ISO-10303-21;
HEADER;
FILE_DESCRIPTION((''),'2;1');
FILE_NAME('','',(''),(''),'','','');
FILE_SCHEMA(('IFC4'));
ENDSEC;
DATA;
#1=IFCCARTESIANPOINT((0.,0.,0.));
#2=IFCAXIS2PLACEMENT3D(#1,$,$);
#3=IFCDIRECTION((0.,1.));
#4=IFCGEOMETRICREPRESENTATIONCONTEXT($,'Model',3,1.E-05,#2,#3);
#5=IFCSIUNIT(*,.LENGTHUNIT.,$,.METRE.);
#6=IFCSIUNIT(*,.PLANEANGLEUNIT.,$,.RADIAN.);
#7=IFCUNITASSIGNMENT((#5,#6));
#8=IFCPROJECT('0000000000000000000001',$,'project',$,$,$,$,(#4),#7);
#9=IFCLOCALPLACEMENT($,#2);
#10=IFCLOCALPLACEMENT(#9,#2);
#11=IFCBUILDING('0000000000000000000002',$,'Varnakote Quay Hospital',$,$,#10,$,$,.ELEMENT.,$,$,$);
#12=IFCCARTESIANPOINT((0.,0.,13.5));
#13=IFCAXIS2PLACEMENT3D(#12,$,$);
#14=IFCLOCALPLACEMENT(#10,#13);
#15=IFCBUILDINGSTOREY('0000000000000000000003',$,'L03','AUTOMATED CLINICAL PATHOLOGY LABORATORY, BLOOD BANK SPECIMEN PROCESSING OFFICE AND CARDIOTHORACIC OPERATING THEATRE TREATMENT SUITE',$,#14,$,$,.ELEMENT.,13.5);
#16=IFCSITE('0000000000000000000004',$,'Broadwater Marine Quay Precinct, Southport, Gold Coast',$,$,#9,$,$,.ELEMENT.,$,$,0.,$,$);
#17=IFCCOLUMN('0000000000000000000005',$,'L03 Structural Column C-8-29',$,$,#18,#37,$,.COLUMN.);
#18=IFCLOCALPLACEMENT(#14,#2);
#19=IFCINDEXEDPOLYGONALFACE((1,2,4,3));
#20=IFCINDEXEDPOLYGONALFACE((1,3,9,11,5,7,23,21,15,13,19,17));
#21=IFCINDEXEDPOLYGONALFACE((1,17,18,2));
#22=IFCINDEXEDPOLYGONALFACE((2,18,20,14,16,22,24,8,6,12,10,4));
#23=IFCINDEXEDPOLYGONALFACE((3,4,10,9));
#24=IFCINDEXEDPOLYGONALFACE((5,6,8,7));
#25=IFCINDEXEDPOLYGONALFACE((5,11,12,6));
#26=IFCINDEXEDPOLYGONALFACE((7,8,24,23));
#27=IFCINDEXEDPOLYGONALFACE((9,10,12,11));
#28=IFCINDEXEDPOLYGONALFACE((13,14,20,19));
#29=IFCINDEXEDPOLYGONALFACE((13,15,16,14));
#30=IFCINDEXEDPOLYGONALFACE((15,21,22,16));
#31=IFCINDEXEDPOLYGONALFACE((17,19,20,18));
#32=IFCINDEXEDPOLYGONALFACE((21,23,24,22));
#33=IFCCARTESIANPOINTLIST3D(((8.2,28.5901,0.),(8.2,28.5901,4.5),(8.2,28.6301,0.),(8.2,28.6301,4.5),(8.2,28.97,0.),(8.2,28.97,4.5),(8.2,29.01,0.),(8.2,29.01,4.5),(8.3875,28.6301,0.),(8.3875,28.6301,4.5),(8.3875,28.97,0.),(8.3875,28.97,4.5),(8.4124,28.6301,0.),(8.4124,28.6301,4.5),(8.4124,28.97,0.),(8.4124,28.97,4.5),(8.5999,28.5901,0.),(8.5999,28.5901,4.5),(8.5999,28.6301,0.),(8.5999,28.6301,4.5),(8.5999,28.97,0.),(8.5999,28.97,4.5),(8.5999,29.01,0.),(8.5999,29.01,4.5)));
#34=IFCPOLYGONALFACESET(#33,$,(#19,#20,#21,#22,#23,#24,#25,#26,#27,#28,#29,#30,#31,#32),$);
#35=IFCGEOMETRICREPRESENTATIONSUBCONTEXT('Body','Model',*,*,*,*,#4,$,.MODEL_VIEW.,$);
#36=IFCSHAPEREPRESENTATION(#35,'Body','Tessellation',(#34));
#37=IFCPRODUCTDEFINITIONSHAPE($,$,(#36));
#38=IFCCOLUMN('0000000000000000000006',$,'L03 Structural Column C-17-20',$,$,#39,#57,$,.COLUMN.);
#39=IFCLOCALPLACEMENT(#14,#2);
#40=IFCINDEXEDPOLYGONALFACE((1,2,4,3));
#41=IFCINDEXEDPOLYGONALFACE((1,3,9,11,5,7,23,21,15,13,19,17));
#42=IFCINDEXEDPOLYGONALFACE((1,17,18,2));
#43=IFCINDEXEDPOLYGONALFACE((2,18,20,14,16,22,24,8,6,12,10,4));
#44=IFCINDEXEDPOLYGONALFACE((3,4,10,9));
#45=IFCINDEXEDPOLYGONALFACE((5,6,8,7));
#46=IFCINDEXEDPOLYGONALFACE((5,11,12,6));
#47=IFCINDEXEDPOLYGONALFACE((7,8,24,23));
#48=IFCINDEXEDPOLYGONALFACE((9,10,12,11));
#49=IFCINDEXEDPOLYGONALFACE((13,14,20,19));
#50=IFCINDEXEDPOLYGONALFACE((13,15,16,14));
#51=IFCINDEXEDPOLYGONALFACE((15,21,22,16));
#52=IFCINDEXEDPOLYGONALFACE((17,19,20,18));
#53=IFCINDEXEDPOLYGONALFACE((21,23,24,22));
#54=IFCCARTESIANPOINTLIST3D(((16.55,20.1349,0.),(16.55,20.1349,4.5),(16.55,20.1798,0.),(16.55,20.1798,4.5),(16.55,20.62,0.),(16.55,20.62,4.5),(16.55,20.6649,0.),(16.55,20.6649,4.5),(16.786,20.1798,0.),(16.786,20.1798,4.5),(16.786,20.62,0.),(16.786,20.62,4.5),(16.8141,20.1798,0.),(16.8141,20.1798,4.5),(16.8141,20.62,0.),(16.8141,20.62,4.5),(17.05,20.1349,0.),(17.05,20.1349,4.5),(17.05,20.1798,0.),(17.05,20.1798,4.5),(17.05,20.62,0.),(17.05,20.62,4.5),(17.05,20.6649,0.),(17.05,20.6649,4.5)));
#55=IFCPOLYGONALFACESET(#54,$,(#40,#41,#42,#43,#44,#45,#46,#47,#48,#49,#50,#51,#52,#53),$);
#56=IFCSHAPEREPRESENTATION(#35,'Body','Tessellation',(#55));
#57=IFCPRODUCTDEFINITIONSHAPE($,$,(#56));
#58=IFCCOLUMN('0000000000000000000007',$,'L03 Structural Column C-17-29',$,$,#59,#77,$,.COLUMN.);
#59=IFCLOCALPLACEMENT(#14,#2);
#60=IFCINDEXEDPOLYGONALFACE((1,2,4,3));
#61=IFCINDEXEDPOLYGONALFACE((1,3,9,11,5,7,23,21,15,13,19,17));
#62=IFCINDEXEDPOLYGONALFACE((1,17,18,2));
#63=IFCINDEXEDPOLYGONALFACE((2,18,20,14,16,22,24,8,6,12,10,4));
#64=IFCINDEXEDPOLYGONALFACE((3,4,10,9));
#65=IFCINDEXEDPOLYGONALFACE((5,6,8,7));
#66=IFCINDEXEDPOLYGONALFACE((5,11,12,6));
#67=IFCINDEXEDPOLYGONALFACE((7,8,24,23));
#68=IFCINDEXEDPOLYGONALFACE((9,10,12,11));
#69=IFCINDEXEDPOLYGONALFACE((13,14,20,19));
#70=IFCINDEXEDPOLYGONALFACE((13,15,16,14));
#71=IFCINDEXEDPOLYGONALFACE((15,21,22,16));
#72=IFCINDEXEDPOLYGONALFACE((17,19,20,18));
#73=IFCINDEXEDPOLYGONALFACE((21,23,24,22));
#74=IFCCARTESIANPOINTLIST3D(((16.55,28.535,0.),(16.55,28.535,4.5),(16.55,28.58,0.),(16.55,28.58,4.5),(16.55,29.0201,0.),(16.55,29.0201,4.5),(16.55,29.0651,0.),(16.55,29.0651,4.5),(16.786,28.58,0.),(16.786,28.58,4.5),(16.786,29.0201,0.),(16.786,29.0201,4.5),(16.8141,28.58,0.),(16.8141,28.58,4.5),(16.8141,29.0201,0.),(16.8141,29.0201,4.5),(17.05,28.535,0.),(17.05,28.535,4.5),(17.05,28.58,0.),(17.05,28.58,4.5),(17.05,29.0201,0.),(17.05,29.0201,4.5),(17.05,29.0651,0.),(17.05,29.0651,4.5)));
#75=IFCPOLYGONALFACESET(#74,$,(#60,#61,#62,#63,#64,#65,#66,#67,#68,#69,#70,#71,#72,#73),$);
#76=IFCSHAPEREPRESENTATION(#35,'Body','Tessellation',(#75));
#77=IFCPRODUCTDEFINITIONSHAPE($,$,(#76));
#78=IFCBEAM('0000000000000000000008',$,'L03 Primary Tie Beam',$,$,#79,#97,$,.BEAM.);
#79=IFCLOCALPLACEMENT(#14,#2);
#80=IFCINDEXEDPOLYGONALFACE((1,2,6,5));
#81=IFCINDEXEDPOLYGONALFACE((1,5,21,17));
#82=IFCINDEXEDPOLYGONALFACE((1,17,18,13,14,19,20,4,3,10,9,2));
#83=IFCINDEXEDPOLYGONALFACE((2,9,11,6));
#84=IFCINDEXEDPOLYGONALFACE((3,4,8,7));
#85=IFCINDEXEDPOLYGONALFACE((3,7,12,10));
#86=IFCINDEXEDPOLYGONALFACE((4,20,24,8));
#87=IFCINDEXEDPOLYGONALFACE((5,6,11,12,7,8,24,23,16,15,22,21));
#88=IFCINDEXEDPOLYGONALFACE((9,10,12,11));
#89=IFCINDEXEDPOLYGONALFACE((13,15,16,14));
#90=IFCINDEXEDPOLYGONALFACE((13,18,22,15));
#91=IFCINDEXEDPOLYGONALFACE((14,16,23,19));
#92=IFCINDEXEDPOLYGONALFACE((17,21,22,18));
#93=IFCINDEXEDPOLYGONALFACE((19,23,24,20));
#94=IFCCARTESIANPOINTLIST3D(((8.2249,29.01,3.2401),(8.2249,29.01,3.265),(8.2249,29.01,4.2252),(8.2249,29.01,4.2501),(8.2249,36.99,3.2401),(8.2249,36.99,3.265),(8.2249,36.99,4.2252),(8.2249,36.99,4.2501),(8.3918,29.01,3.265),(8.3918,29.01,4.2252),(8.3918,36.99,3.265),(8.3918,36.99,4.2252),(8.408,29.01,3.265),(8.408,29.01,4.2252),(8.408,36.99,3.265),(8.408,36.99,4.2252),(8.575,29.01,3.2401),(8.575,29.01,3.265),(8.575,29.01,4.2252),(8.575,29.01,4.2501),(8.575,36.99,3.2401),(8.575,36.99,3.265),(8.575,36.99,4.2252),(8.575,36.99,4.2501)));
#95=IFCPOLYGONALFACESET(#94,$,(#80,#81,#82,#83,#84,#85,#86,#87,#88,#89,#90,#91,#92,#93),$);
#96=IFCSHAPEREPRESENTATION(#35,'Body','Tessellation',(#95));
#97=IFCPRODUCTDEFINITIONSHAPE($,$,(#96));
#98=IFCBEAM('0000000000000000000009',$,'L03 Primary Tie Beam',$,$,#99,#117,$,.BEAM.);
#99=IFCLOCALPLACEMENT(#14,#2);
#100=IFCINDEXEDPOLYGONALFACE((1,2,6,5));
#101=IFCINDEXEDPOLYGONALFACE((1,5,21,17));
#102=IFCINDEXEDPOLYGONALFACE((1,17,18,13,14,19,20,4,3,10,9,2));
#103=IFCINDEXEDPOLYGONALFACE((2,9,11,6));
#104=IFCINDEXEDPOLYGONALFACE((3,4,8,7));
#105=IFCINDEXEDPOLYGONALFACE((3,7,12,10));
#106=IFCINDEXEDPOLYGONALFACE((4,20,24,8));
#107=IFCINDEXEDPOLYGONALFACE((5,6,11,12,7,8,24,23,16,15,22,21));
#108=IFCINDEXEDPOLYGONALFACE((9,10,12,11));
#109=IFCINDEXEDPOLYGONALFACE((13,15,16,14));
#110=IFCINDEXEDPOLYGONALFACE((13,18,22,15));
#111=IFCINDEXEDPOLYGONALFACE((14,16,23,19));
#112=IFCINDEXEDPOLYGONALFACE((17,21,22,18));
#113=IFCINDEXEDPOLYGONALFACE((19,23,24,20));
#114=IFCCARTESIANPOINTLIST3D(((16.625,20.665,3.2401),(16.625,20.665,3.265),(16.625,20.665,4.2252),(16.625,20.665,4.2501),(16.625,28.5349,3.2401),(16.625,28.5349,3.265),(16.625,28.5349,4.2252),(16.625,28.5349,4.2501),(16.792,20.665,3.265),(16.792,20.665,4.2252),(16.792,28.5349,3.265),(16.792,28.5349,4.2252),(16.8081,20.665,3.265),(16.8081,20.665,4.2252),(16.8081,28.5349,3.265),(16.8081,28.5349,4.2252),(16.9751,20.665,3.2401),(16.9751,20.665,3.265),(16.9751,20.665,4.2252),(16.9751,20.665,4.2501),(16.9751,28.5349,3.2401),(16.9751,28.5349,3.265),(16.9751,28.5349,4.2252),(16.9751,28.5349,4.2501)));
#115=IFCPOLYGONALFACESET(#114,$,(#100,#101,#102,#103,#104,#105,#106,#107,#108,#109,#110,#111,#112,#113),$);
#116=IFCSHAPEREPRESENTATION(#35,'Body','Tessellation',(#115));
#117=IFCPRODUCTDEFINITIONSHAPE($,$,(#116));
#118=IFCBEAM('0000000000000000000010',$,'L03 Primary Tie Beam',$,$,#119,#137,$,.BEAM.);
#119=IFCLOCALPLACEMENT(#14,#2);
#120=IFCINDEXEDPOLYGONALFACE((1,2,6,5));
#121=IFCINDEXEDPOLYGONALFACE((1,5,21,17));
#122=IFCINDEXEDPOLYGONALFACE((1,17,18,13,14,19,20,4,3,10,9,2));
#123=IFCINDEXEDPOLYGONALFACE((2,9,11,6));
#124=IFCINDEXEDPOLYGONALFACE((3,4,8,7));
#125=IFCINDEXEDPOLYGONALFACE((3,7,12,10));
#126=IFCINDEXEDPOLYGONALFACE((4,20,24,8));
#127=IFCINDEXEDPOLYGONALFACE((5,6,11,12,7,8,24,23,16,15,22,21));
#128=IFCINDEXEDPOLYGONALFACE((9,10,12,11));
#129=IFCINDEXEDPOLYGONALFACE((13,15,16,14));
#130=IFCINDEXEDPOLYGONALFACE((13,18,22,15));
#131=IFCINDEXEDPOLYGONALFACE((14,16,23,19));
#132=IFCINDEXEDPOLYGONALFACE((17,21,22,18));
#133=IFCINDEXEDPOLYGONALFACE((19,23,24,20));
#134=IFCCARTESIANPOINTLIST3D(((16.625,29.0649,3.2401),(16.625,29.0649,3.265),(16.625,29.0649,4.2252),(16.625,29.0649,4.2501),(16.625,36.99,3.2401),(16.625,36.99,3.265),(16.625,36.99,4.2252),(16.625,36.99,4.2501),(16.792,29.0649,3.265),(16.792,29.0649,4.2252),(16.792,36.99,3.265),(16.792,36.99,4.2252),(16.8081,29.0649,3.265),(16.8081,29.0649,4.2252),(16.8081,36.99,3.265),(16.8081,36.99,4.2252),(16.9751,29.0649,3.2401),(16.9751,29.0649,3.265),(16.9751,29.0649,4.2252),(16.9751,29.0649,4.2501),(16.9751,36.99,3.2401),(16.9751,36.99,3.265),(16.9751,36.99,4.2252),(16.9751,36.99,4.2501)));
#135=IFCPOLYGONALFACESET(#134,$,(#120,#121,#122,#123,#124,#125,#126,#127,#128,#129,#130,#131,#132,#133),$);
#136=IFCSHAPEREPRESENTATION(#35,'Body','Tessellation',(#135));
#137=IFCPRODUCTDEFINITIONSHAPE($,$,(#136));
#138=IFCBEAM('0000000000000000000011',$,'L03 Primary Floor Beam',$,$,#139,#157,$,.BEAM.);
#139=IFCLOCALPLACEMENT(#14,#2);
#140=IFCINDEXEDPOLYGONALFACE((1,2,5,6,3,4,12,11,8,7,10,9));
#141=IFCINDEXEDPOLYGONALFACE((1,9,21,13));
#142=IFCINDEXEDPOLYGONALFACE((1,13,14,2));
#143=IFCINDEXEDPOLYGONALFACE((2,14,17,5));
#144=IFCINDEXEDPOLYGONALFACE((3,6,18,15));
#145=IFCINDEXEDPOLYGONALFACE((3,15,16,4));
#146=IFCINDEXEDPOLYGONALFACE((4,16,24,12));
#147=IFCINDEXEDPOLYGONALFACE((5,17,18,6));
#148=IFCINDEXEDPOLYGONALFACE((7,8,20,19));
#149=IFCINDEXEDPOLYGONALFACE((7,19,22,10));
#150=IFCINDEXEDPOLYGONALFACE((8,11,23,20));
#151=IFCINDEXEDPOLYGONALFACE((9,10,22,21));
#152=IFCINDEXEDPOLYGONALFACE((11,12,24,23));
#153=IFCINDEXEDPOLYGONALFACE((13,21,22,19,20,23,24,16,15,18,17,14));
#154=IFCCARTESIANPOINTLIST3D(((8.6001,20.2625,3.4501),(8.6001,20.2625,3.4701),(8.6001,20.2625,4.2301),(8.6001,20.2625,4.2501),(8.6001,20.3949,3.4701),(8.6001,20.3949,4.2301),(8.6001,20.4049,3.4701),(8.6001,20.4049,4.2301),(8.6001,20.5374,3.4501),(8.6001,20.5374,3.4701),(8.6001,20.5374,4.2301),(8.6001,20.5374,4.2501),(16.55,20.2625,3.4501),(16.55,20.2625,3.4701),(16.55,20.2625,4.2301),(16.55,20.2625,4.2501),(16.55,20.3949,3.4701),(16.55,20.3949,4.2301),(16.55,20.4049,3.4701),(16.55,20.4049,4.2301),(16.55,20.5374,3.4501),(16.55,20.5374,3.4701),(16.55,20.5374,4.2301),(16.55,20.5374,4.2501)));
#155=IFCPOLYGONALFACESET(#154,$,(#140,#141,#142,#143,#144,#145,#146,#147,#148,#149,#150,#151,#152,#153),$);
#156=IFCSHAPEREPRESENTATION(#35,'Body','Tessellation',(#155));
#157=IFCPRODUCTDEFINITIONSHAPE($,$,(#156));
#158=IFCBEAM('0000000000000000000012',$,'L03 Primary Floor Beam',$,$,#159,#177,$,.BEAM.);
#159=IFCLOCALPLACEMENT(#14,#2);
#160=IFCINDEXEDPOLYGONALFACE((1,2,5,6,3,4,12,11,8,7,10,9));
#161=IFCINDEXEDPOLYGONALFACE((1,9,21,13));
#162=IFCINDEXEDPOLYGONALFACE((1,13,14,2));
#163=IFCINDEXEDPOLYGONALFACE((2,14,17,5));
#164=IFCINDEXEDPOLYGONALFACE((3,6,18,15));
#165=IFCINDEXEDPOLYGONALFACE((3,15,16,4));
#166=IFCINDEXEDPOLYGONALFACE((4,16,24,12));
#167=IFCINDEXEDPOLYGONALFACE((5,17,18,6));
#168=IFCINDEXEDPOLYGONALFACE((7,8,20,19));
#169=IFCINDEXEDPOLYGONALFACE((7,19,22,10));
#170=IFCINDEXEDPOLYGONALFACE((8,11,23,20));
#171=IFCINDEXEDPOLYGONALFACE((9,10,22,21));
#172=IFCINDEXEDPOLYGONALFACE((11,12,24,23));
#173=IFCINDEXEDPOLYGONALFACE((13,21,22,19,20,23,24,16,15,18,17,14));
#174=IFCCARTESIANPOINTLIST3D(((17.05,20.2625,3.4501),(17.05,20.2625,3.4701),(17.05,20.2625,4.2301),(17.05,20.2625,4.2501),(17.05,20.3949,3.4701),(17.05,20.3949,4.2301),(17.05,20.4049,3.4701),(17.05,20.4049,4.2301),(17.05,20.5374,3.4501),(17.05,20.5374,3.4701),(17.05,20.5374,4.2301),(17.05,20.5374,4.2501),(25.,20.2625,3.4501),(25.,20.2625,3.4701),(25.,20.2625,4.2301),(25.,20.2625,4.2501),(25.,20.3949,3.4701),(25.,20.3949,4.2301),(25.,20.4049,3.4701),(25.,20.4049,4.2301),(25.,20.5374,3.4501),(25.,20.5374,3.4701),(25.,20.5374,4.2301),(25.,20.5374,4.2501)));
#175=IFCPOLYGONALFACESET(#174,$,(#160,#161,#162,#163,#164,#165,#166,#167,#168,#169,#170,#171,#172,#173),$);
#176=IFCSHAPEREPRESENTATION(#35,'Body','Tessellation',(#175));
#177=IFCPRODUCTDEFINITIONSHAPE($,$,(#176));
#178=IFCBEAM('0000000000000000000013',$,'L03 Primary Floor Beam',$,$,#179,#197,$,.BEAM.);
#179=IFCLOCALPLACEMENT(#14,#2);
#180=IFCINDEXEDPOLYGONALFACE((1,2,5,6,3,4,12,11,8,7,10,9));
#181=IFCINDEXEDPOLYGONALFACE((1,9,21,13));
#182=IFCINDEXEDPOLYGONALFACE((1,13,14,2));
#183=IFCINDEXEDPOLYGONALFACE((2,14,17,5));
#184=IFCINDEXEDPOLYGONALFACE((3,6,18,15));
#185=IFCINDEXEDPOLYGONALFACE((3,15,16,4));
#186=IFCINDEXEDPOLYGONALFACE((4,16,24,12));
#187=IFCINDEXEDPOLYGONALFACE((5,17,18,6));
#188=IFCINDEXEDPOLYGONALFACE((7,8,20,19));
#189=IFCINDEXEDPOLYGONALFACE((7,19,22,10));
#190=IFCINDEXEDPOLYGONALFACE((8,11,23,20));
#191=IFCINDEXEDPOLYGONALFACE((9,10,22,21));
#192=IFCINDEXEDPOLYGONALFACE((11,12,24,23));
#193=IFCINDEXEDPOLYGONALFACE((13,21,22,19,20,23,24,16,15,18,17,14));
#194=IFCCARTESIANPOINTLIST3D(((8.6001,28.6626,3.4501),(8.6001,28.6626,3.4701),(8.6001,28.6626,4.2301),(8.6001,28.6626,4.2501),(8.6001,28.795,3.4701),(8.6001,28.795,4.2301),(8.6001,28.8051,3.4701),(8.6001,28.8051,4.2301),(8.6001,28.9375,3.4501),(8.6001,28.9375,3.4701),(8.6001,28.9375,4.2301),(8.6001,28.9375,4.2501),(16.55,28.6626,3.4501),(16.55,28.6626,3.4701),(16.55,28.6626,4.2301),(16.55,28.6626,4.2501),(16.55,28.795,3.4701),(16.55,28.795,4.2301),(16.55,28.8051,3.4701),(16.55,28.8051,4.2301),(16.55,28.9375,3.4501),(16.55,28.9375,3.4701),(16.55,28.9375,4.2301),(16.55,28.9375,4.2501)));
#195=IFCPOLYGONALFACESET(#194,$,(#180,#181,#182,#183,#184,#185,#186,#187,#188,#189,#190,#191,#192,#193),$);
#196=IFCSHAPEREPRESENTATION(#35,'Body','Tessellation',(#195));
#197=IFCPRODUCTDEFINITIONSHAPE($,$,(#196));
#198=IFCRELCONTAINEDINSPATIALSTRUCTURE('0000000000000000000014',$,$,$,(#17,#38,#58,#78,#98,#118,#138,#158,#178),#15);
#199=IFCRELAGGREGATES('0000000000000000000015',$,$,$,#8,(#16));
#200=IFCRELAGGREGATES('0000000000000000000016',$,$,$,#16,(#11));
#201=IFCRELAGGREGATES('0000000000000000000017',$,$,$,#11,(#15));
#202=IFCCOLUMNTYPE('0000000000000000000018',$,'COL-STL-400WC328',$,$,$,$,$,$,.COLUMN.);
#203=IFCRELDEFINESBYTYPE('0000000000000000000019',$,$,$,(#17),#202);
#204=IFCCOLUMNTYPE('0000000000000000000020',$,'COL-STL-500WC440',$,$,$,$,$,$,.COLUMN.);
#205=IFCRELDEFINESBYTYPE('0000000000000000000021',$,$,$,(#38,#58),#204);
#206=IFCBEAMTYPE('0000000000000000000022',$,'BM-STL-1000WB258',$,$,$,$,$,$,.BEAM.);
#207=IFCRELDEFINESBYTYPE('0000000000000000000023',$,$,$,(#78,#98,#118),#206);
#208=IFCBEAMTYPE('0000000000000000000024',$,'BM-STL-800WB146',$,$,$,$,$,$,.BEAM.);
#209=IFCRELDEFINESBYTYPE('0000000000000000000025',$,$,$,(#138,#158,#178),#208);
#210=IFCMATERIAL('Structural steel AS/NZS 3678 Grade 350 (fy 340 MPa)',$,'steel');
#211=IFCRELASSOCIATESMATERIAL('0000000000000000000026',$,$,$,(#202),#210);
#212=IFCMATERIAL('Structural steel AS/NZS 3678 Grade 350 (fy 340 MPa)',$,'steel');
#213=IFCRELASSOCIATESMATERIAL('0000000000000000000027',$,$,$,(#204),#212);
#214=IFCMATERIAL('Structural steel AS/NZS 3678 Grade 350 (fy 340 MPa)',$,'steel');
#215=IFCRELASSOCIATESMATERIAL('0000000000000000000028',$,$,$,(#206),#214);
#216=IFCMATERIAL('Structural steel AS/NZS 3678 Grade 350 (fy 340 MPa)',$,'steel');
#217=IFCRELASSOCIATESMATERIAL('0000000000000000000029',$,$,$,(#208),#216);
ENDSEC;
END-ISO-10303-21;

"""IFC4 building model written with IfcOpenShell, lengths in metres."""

from ifc_helpers import new_model, si_unit, direction, frame, origin, origin_2d, place, context, subcontext, project, spatial, i_section, extrude, material, material_profile, profile_set, type_object, element, save


model = new_model("IFC4")

# Units and contexts
model_context = context("Model", 3, precision=1e-05, world=origin(), true_north=direction((0.0, 1.0)))
body_context = subcontext(model_context, "Body", "Model", "MODEL_VIEW")
ifc_project = project(units=[si_unit("LENGTHUNIT", "METRE"), si_unit("PLANEANGLEUNIT", "RADIAN")], contexts=[model_context])

# Site, building, storey
site_placement = place(None, origin())
site = spatial("IfcSite", under=ifc_project, at=site_placement, Name="Broadwater Marine Quay Precinct, Southport, Gold Coast", CompositionType="ELEMENT", RefElevation=0.0)
building_placement = place(site_placement, origin())
building = spatial("IfcBuilding", under=site, at=building_placement, Name="Varnakote Quay Hospital", CompositionType="ELEMENT")
storey_placement = place(building_placement, frame((0.0, 0.0, 13.5)))
storey = spatial("IfcBuildingStorey", under=building, at=storey_placement, Name="L03", Description="AUTOMATED CLINICAL PATHOLOGY LABORATORY, BLOOD BANK SPECIMEN PROCESSING OFFICE AND CARDIOTHORACIC OPERATING THEATRE TREATMENT SUITE", CompositionType="ELEMENT", Elevation=13.5)

# Columns
ifc_material_1 = material(Name="Structural steel AS/NZS 3678 Grade 350 (fy 340 MPa)", Category="steel")
ifc_material_profile_1 = material_profile(ifc_material_1, i_section(OverallWidth=0.3999, OverallDepth=0.4199, WebThickness=0.0249, FlangeThickness=0.04, at=origin_2d()), Name="400WC328")
ifc_profile_set_1 = profile_set([ifc_material_profile_1], Name="Structural steel AS/NZS 3678 Grade 350 (fy 340 MPa)")
column_type_1 = type_object("IfcColumnType", Name="COL-STL-400WC328", PredefinedType="COLUMN", material=ifc_profile_set_1)
column_placement = place(storey_placement, frame((8.3999, 28.8, 0.0), z_axis=(0.0, 0.0, 1.0), x_axis=(1.0, 0.0, 0.0)))
element("IfcColumn", 1, at=column_placement, inside=storey, type_object=column_type_1, Name="L03 Structural Column C-8-29", PredefinedType="COLUMN", context=body_context, shape_type="SweptSolid", body=[
    extrude(i_section(OverallWidth=0.3999, OverallDepth=0.4199, WebThickness=0.0249, FlangeThickness=0.04, at=origin_2d()), origin(), (0.0, 0.0, 1.0), 4.5),
])
ifc_material_2 = material(Name="Structural steel AS/NZS 3678 Grade 350 (fy 340 MPa)", Category="steel")
ifc_material_profile_2 = material_profile(ifc_material_2, i_section(OverallWidth=0.5, OverallDepth=0.53, WebThickness=0.0281, FlangeThickness=0.0449, at=origin_2d()), Name="500WC440")
ifc_profile_set_2 = profile_set([ifc_material_profile_2], Name="Structural steel AS/NZS 3678 Grade 350 (fy 340 MPa)")
column_type_2 = type_object("IfcColumnType", Name="COL-STL-500WC440", PredefinedType="COLUMN", material=ifc_profile_set_2)
for number, where, z_axis, x_axis, name in (
    (2, (16.8, 20.3999, 0.0), (0.0, 0.0, 1.0), (1.0, 0.0, 0.0), "L03 Structural Column C-17-20"),
    (3, (16.8, 28.8, 0.0), (0.0, 0.0, 1.0), (1.0, 0.0, 0.0), "L03 Structural Column C-17-29"),
):
    element("IfcColumn", number, at=place(storey_placement, frame(where, z_axis=z_axis, x_axis=x_axis)), inside=storey, type_object=column_type_2, Name=name, PredefinedType="COLUMN", context=body_context, shape_type="SweptSolid", body=[
        extrude(i_section(OverallWidth=0.5, OverallDepth=0.53, WebThickness=0.0281, FlangeThickness=0.0449, at=origin_2d()), origin(), (0.0, 0.0, 1.0), 4.5),
    ])

# Beams
ifc_material_3 = material(Name="Structural steel AS/NZS 3678 Grade 350 (fy 340 MPa)", Category="steel")
ifc_material_profile_3 = material_profile(ifc_material_3, i_section(OverallWidth=0.3501, OverallDepth=1.01, WebThickness=0.0161, FlangeThickness=0.0249, at=origin_2d()), Name="1000WB258")
ifc_profile_set_3 = profile_set([ifc_material_profile_3], Name="Structural steel AS/NZS 3678 Grade 350 (fy 340 MPa)")
beam_type_1 = type_object("IfcBeamType", Name="BM-STL-1000WB258", PredefinedType="BEAM", material=ifc_profile_set_3)
beam_1_placement = place(storey_placement, frame((8.3999, 29.01, 3.7451), z_axis=(0.0, 1.0, 0.0), x_axis=(-1.0, 0.0, 0.0)))
element("IfcBeam", 4, at=beam_1_placement, inside=storey, type_object=beam_type_1, Name="L03 Primary Tie Beam", PredefinedType="BEAM", context=body_context, shape_type="SweptSolid", body=[
    extrude(i_section(OverallWidth=0.3501, OverallDepth=1.01, WebThickness=0.0161, FlangeThickness=0.0249, at=origin_2d()), origin(), (0.0, 0.0, 1.0), 7.98),
])
beam_2_placement = place(storey_placement, frame((16.8, 20.665, 3.7451), z_axis=(0.0, 1.0, 0.0), x_axis=(-1.0, 0.0, 0.0)))
element("IfcBeam", 5, at=beam_2_placement, inside=storey, type_object=beam_type_1, Name="L03 Primary Tie Beam", PredefinedType="BEAM", context=body_context, shape_type="SweptSolid", body=[
    extrude(i_section(OverallWidth=0.3501, OverallDepth=1.01, WebThickness=0.0161, FlangeThickness=0.0249, at=origin_2d()), origin(), (0.0, 0.0, 1.0), 7.8699),
])
beam_3_placement = place(storey_placement, frame((16.8, 29.0649, 3.7451), z_axis=(0.0, 1.0, 0.0), x_axis=(-1.0, 0.0, 0.0)))
element("IfcBeam", 6, at=beam_3_placement, inside=storey, type_object=beam_type_1, Name="L03 Primary Tie Beam", PredefinedType="BEAM", context=body_context, shape_type="SweptSolid", body=[
    extrude(i_section(OverallWidth=0.3501, OverallDepth=1.01, WebThickness=0.0161, FlangeThickness=0.0249, at=origin_2d()), origin(), (0.0, 0.0, 1.0), 7.925),
])
ifc_material_4 = material(Name="Structural steel AS/NZS 3678 Grade 350 (fy 340 MPa)", Category="steel")
ifc_material_profile_4 = material_profile(ifc_material_4, i_section(OverallWidth=0.2749, OverallDepth=0.8, WebThickness=0.01, FlangeThickness=0.02, at=origin_2d()), Name="800WB146")
ifc_profile_set_4 = profile_set([ifc_material_profile_4], Name="Structural steel AS/NZS 3678 Grade 350 (fy 340 MPa)")
beam_type_2 = type_object("IfcBeamType", Name="BM-STL-800WB146", PredefinedType="BEAM", material=ifc_profile_set_4)
for number, where, z_axis, x_axis, name in (
    (7, (8.6001, 20.3999, 3.8501), (1.0, 0.0, 0.0), (0.0, 1.0, 0.0), "L03 Primary Floor Beam"),
    (8, (17.05, 20.3999, 3.8501), (1.0, 0.0, 0.0), (0.0, 1.0, 0.0), "L03 Primary Floor Beam"),
    (9, (8.6001, 28.8, 3.8501), (1.0, 0.0, 0.0), (0.0, 1.0, 0.0), "L03 Primary Floor Beam"),
):
    element("IfcBeam", number, at=place(storey_placement, frame(where, z_axis=z_axis, x_axis=x_axis)), inside=storey, type_object=beam_type_2, Name=name, PredefinedType="BEAM", context=body_context, shape_type="SweptSolid", body=[
        extrude(i_section(OverallWidth=0.2749, OverallDepth=0.8, WebThickness=0.01, FlangeThickness=0.02, at=origin_2d()), origin(), (0.0, 0.0, 1.0), 7.95),
    ])

save(model, "model.ifc")
